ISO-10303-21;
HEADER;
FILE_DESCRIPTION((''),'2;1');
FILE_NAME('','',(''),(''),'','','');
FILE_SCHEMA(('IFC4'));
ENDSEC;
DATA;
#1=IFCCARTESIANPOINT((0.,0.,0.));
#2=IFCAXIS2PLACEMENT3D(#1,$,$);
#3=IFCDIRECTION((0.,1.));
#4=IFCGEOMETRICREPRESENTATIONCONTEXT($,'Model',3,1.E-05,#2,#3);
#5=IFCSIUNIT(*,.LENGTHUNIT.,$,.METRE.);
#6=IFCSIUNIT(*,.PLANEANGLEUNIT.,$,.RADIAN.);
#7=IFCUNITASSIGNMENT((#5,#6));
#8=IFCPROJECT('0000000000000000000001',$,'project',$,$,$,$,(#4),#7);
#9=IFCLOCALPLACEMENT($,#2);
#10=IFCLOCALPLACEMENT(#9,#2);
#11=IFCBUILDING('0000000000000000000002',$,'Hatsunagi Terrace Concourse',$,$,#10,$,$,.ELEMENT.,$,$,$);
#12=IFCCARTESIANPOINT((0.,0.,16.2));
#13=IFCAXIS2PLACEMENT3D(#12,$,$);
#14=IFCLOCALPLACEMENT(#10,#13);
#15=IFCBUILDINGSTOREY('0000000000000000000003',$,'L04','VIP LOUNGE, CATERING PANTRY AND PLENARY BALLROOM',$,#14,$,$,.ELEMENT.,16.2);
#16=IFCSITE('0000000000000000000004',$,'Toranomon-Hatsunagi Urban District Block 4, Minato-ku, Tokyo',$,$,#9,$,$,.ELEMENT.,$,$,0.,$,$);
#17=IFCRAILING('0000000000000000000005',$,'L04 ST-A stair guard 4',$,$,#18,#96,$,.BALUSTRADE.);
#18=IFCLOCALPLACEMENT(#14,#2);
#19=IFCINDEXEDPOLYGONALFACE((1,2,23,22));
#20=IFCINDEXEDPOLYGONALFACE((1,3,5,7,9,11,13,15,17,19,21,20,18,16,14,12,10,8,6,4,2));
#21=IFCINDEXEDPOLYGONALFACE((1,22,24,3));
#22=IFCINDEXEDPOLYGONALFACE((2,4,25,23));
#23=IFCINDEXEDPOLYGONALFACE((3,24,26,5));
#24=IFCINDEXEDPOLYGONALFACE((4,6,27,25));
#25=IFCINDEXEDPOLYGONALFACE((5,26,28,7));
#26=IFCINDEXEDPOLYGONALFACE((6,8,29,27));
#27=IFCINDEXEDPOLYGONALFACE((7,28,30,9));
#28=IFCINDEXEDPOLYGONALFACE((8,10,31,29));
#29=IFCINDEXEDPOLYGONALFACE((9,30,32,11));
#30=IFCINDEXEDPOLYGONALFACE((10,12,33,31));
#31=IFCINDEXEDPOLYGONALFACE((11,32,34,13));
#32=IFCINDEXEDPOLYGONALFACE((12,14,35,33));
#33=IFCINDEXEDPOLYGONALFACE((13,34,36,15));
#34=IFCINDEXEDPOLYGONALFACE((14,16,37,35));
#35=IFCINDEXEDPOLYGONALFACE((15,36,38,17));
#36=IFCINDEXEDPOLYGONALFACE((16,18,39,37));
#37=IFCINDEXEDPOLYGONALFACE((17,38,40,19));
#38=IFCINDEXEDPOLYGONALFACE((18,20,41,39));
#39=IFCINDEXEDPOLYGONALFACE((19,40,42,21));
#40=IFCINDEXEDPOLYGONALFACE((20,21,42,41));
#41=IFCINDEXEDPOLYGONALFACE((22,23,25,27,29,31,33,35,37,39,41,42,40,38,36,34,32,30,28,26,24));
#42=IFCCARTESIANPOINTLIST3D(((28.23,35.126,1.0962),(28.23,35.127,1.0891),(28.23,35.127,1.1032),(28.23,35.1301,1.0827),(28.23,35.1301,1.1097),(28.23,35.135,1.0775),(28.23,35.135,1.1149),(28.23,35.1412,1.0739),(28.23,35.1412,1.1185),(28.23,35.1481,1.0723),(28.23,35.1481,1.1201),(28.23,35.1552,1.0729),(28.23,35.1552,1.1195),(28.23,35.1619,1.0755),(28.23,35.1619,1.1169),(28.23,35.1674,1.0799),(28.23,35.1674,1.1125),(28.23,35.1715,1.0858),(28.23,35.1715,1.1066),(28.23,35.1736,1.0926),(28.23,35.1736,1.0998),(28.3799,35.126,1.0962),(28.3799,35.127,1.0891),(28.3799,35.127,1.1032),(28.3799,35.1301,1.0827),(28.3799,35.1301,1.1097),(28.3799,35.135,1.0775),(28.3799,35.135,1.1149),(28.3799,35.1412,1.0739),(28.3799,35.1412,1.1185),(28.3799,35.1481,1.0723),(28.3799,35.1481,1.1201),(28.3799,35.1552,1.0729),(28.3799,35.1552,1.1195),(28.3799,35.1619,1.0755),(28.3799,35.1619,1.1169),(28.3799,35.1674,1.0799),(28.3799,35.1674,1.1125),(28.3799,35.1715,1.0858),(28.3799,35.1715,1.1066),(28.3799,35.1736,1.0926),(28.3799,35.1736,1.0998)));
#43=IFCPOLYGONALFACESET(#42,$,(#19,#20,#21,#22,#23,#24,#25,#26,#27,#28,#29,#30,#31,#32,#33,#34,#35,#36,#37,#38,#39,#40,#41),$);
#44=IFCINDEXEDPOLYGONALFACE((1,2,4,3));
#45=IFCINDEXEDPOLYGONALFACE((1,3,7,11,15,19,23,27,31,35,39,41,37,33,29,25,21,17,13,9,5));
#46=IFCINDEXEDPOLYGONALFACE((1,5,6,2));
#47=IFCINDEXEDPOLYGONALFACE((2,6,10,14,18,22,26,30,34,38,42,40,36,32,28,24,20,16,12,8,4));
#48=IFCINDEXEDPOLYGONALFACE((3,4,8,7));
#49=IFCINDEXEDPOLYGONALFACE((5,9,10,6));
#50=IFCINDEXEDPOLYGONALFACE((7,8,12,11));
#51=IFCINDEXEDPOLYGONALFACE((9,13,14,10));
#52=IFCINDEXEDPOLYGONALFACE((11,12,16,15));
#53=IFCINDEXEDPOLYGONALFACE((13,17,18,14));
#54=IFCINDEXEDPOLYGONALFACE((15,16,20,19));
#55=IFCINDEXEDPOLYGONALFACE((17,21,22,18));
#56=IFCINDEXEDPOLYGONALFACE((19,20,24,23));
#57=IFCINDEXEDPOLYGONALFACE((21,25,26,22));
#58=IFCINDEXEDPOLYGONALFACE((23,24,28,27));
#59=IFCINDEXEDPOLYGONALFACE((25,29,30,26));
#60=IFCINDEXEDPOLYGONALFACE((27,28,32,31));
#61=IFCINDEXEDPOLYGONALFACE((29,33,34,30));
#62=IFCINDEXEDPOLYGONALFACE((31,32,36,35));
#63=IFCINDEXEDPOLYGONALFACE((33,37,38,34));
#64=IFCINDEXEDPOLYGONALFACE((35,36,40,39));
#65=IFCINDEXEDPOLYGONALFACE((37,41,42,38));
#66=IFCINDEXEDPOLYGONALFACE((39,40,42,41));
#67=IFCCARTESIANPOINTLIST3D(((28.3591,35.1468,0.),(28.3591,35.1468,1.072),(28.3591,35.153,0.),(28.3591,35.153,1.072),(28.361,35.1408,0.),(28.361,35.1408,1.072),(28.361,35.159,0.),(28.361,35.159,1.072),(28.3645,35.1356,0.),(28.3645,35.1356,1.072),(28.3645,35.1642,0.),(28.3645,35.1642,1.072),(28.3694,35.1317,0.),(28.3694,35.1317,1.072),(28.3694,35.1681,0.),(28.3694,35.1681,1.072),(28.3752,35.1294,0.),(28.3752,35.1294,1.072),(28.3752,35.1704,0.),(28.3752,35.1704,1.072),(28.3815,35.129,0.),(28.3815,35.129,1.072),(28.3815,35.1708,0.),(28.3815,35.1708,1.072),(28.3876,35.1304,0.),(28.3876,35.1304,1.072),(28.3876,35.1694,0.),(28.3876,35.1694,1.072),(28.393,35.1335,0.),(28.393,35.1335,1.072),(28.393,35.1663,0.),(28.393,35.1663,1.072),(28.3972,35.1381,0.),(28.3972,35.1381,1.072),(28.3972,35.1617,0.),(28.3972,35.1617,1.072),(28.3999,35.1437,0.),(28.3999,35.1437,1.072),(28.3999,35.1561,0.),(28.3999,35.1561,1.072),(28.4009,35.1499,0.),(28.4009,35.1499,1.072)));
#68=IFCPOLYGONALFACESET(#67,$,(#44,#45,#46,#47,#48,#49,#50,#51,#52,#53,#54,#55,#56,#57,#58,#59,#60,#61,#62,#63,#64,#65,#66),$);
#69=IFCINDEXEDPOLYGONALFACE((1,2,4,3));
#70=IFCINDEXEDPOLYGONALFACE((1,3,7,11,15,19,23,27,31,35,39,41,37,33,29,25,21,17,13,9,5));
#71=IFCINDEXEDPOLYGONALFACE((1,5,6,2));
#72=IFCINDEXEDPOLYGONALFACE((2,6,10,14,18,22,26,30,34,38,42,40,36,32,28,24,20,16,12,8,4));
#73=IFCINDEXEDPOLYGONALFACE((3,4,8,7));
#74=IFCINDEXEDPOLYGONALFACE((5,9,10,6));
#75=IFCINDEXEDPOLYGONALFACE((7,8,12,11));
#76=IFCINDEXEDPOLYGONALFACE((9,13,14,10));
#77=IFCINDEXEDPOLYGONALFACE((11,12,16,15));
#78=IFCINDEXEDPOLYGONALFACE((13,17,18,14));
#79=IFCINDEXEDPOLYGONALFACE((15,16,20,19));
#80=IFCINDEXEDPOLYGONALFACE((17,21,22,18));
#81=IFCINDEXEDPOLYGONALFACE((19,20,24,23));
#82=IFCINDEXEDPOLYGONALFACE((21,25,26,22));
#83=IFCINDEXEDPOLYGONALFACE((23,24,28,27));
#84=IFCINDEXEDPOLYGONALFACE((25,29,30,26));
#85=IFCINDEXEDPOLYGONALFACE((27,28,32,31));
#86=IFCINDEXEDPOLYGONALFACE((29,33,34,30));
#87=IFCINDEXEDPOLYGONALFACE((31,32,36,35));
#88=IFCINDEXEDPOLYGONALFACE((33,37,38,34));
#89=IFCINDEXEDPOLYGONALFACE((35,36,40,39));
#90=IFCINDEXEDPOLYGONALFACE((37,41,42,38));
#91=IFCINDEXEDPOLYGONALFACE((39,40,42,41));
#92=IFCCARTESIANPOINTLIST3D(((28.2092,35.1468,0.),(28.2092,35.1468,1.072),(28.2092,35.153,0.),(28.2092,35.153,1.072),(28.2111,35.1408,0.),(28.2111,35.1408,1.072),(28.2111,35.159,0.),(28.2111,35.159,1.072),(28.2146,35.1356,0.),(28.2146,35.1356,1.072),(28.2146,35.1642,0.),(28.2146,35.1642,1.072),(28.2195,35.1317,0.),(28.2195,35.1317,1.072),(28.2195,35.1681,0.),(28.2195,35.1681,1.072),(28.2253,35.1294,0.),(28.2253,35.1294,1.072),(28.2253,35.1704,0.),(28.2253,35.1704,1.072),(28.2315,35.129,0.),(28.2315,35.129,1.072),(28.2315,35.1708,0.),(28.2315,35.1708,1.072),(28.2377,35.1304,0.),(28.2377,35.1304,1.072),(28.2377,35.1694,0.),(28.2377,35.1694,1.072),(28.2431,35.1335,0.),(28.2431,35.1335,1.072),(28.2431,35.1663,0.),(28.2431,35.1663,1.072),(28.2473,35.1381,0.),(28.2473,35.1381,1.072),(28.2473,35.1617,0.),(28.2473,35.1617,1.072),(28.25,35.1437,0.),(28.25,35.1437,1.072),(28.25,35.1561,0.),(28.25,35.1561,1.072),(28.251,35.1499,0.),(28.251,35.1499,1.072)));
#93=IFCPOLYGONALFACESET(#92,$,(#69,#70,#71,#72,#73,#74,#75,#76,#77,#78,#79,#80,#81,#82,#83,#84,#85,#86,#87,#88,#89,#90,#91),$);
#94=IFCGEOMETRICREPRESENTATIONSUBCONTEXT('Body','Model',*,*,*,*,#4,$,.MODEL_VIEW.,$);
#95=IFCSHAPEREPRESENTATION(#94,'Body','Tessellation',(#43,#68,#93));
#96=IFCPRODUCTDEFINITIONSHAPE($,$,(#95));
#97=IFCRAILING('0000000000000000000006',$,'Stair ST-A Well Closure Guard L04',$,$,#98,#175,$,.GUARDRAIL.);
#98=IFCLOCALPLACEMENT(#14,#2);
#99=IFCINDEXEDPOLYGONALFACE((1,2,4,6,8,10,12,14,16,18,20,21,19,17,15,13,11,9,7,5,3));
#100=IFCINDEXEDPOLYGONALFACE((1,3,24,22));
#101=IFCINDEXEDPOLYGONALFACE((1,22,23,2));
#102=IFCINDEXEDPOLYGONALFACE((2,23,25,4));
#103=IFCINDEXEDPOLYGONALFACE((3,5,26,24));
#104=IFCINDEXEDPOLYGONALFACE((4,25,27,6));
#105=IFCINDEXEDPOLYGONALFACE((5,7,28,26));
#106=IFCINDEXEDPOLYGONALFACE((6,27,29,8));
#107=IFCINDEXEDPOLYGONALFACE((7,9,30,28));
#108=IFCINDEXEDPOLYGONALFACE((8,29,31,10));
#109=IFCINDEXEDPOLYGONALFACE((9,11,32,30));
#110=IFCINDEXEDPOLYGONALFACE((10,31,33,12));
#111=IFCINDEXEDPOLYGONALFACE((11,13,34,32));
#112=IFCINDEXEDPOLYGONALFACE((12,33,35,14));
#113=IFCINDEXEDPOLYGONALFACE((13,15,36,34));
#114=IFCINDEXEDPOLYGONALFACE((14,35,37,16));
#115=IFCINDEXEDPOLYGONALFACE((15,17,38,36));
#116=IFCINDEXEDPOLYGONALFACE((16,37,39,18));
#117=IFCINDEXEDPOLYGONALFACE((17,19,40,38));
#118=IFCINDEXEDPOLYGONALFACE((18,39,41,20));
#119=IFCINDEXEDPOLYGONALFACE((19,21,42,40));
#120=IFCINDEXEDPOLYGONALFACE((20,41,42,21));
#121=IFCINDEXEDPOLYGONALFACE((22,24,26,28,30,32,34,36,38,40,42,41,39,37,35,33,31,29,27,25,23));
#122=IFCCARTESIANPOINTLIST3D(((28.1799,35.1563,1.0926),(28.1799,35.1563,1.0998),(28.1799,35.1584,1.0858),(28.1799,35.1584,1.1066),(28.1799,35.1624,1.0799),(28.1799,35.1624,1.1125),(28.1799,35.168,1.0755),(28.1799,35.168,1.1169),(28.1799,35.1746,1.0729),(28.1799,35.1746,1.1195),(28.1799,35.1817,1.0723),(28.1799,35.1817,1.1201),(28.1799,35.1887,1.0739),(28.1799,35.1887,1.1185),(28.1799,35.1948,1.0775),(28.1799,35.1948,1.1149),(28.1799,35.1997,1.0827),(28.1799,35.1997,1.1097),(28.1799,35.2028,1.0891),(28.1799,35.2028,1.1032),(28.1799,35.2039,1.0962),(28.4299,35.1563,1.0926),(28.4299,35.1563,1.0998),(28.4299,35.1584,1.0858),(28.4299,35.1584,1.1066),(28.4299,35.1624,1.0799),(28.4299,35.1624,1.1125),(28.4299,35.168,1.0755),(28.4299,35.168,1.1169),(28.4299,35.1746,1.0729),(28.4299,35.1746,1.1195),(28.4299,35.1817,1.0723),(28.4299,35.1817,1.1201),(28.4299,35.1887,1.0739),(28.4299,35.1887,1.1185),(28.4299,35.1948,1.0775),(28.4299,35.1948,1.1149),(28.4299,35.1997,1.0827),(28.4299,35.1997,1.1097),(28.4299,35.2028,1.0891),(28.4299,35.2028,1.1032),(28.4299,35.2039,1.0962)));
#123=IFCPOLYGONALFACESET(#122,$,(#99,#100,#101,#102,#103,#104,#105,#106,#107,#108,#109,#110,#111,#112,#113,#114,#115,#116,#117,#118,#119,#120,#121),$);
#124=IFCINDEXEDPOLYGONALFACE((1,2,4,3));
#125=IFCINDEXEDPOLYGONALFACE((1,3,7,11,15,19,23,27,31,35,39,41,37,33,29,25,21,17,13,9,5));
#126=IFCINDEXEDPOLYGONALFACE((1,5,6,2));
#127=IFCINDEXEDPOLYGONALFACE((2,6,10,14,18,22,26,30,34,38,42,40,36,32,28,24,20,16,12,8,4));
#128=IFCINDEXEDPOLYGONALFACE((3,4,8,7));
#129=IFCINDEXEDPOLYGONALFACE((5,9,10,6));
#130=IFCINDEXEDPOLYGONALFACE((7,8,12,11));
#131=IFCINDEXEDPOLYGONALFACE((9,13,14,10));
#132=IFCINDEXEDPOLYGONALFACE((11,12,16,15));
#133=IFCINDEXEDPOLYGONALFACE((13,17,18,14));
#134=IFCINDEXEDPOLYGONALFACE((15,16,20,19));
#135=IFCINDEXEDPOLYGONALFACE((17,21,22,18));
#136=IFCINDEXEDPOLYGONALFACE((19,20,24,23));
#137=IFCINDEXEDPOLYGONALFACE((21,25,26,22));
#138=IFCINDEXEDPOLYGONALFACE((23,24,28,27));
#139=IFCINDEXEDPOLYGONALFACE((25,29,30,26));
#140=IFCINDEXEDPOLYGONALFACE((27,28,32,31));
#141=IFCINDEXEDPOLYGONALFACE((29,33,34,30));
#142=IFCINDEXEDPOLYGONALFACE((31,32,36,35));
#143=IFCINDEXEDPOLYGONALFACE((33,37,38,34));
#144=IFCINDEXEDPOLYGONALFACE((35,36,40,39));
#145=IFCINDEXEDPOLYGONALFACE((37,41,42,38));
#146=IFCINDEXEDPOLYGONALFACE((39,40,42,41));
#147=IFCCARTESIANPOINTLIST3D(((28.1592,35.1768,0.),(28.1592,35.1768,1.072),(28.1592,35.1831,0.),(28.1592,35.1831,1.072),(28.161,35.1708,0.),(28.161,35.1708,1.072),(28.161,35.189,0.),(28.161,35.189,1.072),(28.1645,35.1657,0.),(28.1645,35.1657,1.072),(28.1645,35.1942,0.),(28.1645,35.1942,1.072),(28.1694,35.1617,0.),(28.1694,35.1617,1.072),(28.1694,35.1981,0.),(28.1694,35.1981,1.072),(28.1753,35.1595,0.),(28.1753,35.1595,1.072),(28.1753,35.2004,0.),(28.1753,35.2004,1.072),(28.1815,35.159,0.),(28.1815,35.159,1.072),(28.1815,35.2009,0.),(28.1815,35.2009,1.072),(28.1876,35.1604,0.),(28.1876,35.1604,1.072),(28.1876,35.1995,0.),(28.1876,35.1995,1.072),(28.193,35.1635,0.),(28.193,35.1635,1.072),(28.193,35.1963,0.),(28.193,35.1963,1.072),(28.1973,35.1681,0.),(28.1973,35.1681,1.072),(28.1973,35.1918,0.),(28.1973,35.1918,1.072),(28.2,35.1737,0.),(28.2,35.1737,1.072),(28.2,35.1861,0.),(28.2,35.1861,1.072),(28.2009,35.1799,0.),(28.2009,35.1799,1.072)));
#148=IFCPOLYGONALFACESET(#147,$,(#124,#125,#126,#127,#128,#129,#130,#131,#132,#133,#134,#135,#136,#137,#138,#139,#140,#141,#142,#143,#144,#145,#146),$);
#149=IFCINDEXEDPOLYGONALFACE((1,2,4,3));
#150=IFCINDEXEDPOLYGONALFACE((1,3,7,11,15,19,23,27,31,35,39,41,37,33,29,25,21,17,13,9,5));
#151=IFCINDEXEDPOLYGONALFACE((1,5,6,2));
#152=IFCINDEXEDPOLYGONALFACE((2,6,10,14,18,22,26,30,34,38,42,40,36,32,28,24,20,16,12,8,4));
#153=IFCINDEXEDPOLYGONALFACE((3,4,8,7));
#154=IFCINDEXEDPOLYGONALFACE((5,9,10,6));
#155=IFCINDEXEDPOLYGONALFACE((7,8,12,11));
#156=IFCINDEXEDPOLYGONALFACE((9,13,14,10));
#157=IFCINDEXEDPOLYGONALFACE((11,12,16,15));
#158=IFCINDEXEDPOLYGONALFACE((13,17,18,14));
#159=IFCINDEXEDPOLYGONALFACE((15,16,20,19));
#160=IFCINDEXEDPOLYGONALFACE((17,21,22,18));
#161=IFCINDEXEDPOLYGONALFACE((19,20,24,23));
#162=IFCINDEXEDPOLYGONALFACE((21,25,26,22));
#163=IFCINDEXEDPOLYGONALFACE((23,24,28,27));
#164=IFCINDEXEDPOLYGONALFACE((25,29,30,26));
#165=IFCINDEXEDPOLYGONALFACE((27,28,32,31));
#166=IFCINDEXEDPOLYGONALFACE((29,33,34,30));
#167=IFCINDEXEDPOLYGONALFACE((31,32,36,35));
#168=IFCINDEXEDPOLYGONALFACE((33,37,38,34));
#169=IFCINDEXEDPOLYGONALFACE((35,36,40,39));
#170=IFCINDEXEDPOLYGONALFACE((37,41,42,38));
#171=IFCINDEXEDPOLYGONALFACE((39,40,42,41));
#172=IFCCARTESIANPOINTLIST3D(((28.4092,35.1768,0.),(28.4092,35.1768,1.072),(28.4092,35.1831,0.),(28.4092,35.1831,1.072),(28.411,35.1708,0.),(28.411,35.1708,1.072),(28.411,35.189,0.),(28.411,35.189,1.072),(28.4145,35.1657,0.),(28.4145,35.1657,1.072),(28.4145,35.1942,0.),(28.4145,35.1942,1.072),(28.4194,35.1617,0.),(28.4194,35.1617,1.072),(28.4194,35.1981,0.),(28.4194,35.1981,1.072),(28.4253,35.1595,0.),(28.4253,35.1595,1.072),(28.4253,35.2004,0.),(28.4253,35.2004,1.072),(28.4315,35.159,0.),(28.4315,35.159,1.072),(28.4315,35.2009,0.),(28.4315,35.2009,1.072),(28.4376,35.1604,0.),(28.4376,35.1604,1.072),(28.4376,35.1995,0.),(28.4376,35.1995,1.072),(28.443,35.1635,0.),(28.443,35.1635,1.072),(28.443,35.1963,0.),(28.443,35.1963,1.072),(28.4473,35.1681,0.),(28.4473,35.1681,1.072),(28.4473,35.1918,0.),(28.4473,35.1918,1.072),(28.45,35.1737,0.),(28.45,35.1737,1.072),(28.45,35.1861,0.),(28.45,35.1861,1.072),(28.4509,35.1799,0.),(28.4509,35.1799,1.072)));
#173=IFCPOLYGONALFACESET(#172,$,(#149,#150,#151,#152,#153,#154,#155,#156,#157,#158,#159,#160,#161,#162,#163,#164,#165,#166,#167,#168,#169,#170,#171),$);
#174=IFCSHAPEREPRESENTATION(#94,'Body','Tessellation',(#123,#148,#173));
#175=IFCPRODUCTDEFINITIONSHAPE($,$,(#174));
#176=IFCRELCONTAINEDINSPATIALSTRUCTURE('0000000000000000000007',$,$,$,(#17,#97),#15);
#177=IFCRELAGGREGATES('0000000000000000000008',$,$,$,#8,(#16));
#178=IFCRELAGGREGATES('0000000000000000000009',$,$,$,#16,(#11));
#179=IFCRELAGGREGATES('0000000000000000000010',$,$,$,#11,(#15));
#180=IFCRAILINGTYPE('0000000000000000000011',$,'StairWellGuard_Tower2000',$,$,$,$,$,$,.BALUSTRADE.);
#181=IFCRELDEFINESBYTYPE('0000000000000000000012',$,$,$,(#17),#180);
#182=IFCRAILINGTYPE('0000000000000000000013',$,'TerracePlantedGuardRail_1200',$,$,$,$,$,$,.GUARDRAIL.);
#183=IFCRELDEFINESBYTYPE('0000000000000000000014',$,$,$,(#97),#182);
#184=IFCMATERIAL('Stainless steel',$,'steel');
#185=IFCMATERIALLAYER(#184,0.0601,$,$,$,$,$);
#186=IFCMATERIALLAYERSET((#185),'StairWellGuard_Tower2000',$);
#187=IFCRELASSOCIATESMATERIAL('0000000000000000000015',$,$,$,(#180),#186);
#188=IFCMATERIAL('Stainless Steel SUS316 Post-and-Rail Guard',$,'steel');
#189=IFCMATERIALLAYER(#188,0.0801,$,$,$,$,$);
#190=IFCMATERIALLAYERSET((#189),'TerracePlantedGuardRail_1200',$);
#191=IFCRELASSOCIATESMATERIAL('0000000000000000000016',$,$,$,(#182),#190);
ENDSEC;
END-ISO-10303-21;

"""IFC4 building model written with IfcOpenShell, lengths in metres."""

from ifc_helpers import new_model, si_unit, direction, frame, origin, origin_2d, place, context, subcontext, project, spatial, circle, extrude, material, layer, layer_set, type_object, element, save


model = new_model("IFC4")

# Units and contexts
model_context = context("Model", 3, precision=1e-05, world=origin(), true_north=direction((0.0, 1.0)))
body_context = subcontext(model_context, "Body", "Model", "MODEL_VIEW")
ifc_project = project(units=[si_unit("LENGTHUNIT", "METRE"), si_unit("PLANEANGLEUNIT", "RADIAN")], contexts=[model_context])

# Site, building, storey
site_placement = place(None, origin())
site = spatial("IfcSite", under=ifc_project, at=site_placement, Name="Toranomon-Hatsunagi Urban District Block 4, Minato-ku, Tokyo", CompositionType="ELEMENT", RefElevation=0.0)
building_placement = place(site_placement, origin())
building = spatial("IfcBuilding", under=site, at=building_placement, Name="Hatsunagi Terrace Concourse", CompositionType="ELEMENT")
storey_placement = place(building_placement, frame((0.0, 0.0, 16.2)))
storey = spatial("IfcBuildingStorey", under=building, at=storey_placement, Name="L04", Description="VIP LOUNGE, CATERING PANTRY AND PLENARY BALLROOM", CompositionType="ELEMENT", Elevation=16.2)

# Railings
ifc_material_1 = material(Name="Stainless steel", Category="steel")
ifc_layer_1 = layer(ifc_material_1, 0.0601)
ifc_layer_set_1 = layer_set([ifc_layer_1], Name="StairWellGuard_Tower2000")
railing_type_1 = type_object("IfcRailingType", Name="StairWellGuard_Tower2000", PredefinedType="BALUSTRADE", material=ifc_layer_set_1)
railing_1_placement = place(storey_placement, frame((28.3799, 35.1499, 0.0)))
element("IfcRailing", 1, at=railing_1_placement, inside=storey, type_object=railing_type_1, Name="L04 ST-A stair guard 4", PredefinedType="BALUSTRADE", context=body_context, shape_type="SweptSolid", body=[
    extrude(circle(Radius=0.0239, at=origin_2d()), frame((0.0, 0.0, 1.0962), z_axis=(-1.0, 0.0, 0.0), x_axis=(0.0, -1.0, 0.0)), (0.0, 0.0, 1.0), 0.1499),
    extrude(circle(Radius=0.021, at=origin_2d()), origin(), (0.0, 0.0, 1.0), 1.072),
    extrude(circle(Radius=0.021, at=origin_2d()), frame((-0.1499, 0.0, 0.0)), (0.0, 0.0, 1.0), 1.072),
])
ifc_material_2 = material(Name="Stainless Steel SUS316 Post-and-Rail Guard", Category="steel")
ifc_layer_2 = layer(ifc_material_2, 0.0801)
ifc_layer_set_2 = layer_set([ifc_layer_2], Name="TerracePlantedGuardRail_1200")
railing_type_2 = type_object("IfcRailingType", Name="TerracePlantedGuardRail_1200", PredefinedType="GUARDRAIL", material=ifc_layer_set_2)
railing_2_placement = place(storey_placement, frame((28.1799, 35.1799, 0.0)))
element("IfcRailing", 2, at=railing_2_placement, inside=storey, type_object=railing_type_2, Name="Stair ST-A Well Closure Guard L04", PredefinedType="GUARDRAIL", context=body_context, shape_type="SweptSolid", body=[
    extrude(circle(Radius=0.0239, at=origin_2d()), frame((0.0, 0.0, 1.0962), z_axis=(1.0, 0.0, 0.0), x_axis=(0.0, 1.0, 0.0)), (0.0, 0.0, 1.0), 0.25),
    extrude(circle(Radius=0.021, at=origin_2d()), origin(), (0.0, 0.0, 1.0), 1.072),
    extrude(circle(Radius=0.021, at=origin_2d()), frame((0.25, 0.0, 0.0)), (0.0, 0.0, 1.0), 1.072),
])

save(model, "model.ifc")
